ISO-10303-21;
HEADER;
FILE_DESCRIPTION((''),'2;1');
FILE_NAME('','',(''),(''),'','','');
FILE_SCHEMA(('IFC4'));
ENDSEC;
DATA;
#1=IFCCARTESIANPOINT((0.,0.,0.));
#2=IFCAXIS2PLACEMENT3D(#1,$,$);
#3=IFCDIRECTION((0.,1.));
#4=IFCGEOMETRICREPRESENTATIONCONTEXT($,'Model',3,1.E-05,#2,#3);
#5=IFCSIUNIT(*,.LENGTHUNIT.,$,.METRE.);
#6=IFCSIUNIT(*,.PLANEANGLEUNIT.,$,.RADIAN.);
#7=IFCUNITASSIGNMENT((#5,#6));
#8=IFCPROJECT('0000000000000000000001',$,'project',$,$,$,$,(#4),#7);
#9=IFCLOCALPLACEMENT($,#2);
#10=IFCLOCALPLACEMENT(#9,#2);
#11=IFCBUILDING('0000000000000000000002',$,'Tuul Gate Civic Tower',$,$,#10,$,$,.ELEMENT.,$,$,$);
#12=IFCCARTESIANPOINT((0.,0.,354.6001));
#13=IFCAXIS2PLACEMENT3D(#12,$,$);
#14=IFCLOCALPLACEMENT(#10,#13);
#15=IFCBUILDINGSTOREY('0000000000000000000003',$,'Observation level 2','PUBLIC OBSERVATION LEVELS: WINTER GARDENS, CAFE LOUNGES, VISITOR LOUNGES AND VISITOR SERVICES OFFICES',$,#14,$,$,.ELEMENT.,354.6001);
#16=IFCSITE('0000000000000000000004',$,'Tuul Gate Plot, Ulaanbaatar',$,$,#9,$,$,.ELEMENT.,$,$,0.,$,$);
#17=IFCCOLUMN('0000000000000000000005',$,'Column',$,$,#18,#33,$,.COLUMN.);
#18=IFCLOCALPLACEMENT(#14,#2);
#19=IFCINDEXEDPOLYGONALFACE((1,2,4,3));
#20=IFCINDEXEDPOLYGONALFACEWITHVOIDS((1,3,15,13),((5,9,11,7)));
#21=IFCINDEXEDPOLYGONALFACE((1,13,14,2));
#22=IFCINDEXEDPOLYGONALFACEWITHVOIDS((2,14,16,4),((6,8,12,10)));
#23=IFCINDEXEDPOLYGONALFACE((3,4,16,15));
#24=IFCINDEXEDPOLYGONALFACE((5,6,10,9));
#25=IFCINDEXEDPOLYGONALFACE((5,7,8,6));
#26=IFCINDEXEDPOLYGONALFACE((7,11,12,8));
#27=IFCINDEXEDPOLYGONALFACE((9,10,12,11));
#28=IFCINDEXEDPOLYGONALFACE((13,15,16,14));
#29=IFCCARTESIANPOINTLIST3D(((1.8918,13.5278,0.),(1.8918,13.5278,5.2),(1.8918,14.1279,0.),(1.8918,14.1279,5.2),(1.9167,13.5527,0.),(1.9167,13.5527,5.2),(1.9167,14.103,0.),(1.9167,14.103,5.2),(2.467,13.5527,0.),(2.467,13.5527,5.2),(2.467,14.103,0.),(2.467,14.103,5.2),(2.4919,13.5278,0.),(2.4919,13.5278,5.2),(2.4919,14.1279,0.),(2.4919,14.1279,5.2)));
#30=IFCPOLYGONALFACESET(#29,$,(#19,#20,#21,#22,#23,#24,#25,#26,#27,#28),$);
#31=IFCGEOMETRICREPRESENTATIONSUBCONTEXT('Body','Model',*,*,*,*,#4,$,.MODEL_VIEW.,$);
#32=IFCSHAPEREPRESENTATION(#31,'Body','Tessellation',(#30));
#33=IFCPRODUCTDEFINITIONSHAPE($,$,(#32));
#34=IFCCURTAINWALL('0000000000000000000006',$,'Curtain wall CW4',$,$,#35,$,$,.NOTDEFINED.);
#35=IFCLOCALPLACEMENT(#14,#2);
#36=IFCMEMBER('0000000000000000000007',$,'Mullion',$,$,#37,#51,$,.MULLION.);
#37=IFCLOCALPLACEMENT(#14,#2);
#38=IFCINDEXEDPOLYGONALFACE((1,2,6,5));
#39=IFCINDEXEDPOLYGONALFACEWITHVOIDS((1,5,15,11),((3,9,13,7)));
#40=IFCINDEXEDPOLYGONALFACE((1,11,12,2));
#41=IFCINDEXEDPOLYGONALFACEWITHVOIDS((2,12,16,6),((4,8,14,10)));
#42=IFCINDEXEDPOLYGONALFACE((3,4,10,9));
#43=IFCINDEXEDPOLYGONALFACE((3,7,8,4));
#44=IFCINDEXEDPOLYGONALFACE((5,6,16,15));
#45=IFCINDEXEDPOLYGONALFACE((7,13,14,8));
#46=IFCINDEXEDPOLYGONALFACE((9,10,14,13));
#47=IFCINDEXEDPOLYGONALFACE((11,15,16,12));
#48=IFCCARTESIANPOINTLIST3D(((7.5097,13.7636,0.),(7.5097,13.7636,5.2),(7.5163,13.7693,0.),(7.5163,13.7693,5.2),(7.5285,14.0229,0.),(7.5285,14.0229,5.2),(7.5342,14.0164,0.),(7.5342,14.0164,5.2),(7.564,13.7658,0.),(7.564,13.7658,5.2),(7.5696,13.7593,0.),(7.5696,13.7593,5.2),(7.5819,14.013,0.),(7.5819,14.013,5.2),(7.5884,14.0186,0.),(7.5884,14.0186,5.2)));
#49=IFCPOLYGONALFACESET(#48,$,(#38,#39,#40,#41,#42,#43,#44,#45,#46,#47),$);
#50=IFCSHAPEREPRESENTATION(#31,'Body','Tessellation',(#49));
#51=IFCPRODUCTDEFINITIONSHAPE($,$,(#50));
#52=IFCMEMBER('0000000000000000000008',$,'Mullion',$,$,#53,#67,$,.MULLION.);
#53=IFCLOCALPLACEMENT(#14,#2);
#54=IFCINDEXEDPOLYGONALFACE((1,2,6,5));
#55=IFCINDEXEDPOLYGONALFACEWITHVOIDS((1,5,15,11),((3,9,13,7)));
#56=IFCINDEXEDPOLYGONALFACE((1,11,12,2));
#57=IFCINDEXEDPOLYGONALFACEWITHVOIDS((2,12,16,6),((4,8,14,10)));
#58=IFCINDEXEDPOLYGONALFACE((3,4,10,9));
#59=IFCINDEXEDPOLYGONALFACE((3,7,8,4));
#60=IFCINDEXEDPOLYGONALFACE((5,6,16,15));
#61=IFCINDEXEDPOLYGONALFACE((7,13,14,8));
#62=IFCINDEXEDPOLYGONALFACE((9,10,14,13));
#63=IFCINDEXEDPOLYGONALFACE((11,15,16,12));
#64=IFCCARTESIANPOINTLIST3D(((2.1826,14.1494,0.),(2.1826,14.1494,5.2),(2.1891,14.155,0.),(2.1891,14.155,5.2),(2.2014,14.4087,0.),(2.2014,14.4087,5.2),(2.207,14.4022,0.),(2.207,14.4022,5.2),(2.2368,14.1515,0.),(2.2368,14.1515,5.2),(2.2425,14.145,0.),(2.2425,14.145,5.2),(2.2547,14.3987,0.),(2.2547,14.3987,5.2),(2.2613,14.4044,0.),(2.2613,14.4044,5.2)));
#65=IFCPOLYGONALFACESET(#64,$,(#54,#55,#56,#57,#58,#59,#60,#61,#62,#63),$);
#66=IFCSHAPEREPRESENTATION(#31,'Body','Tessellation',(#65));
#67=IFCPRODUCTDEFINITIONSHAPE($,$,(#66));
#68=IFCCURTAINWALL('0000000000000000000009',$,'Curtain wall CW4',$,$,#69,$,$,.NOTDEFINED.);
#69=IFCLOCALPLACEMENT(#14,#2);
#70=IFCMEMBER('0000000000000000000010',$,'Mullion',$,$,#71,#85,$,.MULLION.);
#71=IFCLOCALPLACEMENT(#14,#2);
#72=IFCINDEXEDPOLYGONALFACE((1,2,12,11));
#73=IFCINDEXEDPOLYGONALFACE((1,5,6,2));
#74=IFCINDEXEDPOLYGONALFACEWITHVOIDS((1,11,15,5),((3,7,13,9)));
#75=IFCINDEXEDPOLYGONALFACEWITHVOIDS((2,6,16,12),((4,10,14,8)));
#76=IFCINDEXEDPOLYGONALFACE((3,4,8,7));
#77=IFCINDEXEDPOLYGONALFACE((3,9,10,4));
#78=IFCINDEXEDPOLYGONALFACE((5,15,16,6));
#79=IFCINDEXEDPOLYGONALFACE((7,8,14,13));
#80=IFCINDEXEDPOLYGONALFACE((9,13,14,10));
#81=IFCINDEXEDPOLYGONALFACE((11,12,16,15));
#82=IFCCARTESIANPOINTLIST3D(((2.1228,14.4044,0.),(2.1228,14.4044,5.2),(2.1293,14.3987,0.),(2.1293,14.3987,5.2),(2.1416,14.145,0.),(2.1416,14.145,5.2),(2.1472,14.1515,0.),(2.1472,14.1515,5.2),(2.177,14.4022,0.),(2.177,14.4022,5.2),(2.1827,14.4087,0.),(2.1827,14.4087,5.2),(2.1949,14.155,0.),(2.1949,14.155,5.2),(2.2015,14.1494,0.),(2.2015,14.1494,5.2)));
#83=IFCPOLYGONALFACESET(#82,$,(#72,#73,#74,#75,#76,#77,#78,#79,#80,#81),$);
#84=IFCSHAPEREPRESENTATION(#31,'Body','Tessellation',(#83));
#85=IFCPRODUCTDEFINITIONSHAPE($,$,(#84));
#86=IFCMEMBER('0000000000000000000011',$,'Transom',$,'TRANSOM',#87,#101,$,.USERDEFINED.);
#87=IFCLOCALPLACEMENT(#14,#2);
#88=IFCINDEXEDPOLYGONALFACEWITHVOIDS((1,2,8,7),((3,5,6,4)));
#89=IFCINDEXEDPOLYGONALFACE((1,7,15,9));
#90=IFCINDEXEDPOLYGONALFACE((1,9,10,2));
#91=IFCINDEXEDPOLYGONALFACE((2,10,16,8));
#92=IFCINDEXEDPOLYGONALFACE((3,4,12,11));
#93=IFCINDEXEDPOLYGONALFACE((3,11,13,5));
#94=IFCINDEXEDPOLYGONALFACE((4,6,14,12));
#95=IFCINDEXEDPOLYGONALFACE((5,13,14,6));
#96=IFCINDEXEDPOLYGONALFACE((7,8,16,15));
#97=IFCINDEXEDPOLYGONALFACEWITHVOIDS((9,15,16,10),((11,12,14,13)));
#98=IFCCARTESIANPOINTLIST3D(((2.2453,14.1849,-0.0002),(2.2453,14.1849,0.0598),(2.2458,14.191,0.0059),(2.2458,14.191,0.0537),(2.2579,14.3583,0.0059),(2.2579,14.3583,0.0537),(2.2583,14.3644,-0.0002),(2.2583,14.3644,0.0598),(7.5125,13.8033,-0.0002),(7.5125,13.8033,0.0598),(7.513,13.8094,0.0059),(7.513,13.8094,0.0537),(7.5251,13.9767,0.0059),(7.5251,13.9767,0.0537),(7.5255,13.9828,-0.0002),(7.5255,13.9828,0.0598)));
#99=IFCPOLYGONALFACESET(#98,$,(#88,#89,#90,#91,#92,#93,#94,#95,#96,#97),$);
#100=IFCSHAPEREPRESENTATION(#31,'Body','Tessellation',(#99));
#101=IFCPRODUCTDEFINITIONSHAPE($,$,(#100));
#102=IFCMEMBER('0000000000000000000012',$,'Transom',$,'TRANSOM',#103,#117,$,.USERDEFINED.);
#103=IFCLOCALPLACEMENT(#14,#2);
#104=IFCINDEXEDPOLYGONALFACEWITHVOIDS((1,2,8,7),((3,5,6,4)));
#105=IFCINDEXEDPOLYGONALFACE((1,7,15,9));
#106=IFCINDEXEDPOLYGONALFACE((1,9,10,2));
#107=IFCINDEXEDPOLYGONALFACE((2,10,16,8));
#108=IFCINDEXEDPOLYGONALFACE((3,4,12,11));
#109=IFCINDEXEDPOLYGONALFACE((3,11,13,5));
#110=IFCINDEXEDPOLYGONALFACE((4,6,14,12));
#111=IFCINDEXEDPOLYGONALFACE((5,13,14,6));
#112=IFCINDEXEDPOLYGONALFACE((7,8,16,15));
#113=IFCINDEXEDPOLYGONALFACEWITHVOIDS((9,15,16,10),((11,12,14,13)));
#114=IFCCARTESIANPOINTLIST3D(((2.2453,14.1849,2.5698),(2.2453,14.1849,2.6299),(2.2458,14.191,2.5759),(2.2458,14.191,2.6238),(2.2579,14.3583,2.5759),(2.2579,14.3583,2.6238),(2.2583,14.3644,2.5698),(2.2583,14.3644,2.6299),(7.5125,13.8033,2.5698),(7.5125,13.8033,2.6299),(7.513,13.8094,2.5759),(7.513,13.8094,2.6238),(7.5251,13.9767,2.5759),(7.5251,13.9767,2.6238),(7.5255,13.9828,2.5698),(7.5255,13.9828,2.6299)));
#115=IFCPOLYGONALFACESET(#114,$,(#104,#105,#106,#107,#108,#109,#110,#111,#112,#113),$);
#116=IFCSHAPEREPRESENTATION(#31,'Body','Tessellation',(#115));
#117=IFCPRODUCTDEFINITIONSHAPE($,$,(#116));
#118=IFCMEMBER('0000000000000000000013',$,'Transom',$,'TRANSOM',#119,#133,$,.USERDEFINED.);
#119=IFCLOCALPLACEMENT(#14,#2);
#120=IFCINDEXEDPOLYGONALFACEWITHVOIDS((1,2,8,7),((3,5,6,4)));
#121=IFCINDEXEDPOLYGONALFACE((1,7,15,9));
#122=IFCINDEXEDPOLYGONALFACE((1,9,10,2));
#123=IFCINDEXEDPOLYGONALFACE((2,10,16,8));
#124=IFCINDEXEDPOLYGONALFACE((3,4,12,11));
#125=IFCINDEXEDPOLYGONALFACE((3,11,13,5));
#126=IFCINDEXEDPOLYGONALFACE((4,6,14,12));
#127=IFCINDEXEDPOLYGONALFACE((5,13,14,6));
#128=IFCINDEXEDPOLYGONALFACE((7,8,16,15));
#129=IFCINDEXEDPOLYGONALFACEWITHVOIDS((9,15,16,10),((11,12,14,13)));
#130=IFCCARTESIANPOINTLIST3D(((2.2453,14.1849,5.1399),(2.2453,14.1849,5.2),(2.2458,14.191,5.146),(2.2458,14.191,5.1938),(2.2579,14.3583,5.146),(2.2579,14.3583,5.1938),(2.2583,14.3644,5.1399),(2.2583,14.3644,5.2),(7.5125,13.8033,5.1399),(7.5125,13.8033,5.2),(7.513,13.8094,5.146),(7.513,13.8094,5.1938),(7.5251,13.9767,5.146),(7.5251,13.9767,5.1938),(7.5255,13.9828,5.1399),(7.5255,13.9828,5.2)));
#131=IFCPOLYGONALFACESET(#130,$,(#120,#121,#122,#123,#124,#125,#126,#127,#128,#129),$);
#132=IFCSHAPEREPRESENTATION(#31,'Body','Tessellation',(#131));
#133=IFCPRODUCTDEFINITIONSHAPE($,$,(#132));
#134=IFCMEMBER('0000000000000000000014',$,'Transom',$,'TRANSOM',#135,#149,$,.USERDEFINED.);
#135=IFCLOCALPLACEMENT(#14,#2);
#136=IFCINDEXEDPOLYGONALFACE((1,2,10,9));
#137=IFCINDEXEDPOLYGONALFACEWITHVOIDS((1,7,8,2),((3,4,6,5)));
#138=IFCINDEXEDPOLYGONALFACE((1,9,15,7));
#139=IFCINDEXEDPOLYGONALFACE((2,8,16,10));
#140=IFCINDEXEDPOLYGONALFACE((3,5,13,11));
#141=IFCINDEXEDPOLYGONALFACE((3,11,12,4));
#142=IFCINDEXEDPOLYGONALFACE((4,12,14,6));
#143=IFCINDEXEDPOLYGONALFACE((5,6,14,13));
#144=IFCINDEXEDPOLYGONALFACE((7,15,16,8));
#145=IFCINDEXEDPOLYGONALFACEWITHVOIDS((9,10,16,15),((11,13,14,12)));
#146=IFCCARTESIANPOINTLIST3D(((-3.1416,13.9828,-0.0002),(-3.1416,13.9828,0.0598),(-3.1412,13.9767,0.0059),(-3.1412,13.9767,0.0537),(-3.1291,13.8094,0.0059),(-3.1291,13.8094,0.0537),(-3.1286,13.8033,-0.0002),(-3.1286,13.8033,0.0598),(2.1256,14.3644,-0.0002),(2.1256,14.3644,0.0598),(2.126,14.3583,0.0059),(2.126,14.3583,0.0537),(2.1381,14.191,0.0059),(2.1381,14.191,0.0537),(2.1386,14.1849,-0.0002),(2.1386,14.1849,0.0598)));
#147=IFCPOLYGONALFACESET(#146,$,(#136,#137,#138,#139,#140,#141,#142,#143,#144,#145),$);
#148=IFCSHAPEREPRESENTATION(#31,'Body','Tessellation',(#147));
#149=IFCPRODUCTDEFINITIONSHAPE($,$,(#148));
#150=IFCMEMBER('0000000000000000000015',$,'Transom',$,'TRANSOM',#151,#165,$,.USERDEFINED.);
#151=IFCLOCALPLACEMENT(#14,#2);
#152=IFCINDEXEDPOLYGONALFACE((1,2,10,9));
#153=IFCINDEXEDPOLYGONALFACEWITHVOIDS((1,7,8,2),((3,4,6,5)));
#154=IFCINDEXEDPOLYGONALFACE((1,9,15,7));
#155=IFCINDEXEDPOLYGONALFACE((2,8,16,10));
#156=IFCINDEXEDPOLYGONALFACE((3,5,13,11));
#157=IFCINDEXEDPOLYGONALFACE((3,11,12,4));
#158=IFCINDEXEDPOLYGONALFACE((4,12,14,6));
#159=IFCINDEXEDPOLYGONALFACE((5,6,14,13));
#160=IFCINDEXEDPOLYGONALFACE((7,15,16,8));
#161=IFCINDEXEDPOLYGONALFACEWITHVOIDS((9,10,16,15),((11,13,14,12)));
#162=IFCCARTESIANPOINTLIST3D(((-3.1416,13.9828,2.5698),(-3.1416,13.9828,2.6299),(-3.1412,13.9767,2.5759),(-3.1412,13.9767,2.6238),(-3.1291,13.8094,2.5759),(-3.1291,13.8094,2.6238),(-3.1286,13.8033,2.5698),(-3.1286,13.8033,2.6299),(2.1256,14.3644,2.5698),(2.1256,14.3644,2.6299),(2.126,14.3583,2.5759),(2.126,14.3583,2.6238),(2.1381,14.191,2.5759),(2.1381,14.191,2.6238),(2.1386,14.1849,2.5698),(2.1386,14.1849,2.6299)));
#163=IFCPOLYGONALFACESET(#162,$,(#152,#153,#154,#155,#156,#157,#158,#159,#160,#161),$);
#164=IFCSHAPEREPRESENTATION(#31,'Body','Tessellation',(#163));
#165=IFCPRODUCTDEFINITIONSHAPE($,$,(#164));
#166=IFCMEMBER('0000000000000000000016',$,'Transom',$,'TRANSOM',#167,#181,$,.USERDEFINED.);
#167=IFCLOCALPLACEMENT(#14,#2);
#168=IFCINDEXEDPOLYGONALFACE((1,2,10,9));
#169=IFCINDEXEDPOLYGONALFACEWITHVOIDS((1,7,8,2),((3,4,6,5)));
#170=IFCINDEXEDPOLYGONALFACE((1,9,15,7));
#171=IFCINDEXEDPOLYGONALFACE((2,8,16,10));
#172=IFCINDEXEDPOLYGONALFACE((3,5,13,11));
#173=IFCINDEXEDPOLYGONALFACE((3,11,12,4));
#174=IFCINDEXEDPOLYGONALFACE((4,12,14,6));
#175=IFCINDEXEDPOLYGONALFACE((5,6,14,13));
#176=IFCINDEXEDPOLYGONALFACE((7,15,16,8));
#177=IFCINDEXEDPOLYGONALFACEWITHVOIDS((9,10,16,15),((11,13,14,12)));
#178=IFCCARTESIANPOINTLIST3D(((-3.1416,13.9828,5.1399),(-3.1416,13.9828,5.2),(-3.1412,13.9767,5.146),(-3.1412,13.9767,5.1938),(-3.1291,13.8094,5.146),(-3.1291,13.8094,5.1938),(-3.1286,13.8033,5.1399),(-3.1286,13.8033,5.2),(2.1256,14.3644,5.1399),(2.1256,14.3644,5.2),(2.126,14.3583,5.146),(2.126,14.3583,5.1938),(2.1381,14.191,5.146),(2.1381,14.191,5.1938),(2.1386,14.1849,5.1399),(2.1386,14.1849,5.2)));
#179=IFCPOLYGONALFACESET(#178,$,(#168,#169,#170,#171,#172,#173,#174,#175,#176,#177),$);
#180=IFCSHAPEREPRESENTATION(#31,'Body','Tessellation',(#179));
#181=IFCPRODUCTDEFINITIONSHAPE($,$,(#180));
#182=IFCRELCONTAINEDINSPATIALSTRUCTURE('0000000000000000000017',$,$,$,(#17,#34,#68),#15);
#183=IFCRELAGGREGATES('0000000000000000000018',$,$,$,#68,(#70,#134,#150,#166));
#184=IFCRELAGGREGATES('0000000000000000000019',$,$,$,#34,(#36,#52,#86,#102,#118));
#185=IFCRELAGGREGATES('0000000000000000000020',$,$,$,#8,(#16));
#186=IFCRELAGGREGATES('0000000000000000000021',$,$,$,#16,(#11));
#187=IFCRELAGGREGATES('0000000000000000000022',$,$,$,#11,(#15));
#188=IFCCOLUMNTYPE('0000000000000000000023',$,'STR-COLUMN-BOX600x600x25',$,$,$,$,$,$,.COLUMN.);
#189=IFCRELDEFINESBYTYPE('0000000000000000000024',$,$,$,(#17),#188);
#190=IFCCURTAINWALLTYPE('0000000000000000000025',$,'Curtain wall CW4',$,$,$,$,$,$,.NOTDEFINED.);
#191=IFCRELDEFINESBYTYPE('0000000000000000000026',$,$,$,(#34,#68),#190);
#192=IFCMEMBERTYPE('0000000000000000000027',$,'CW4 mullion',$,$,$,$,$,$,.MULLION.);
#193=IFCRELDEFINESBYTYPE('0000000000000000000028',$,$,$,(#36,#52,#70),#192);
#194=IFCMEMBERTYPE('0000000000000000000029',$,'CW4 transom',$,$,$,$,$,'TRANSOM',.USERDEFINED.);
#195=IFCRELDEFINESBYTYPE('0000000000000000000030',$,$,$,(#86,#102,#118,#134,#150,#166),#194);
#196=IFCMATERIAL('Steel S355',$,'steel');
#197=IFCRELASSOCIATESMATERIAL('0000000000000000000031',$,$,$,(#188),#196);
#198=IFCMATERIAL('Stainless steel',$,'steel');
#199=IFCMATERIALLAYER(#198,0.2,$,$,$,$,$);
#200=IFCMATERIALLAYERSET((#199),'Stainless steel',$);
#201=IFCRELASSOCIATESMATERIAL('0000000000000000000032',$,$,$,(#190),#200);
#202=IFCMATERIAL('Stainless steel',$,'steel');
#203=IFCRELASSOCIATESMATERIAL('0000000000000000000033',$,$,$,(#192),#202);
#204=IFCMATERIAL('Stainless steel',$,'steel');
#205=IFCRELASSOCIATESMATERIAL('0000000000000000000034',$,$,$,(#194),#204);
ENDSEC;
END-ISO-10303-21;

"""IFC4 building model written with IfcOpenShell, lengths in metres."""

from ifc_helpers import new_model, si_unit, direction, frame, origin, origin_2d, place, context, subcontext, project, spatial, hollow_rectangle, extrude, material, layer, layer_set, material_profile, profile_set, type_object, element, aggregate, save


model = new_model("IFC4")

# Units and contexts
model_context = context("Model", 3, precision=1e-05, world=origin(), true_north=direction((0.0, 1.0)))
body_context = subcontext(model_context, "Body", "Model", "MODEL_VIEW")
ifc_project = project(units=[si_unit("LENGTHUNIT", "METRE"), si_unit("PLANEANGLEUNIT", "RADIAN")], contexts=[model_context])

# Site, building, storey
site_placement = place(None, origin())
site = spatial("IfcSite", under=ifc_project, at=site_placement, Name="Tuul Gate Plot, Ulaanbaatar", CompositionType="ELEMENT", RefElevation=0.0)
building_placement = place(site_placement, origin())
building = spatial("IfcBuilding", under=site, at=building_placement, Name="Tuul Gate Civic Tower", CompositionType="ELEMENT")
storey_placement = place(building_placement, frame((0.0, 0.0, 354.6001)))
storey = spatial("IfcBuildingStorey", under=building, at=storey_placement, Name="Observation level 2", Description="PUBLIC OBSERVATION LEVELS: WINTER GARDENS, CAFE LOUNGES, VISITOR LOUNGES AND VISITOR SERVICES OFFICES", CompositionType="ELEMENT", Elevation=354.6001)

# Column
ifc_material_1 = material(Name="Steel S355", Category="steel")
ifc_material_profile_1 = material_profile(ifc_material_1, hollow_rectangle(XDim=0.6001, YDim=0.6001, WallThickness=0.0249, at=origin_2d()), Name="BOX600x600x25")
ifc_profile_set_1 = profile_set([ifc_material_profile_1], Name="Steel S355")
column_type = type_object("IfcColumnType", Name="STR-COLUMN-BOX600x600x25", PredefinedType="COLUMN", material=ifc_profile_set_1)
column_placement = place(storey_placement, frame((2.1919, 13.8279, 0.0), z_axis=(0.0, 0.0, 1.0), x_axis=(1.0, 0.0, 0.0)))
element("IfcColumn", 1, at=column_placement, inside=storey, type_object=column_type, Name="Column", PredefinedType="COLUMN", context=body_context, shape_type="SweptSolid", body=[
    extrude(hollow_rectangle(XDim=0.6001, YDim=0.6001, WallThickness=0.0249, at=origin_2d()), origin(), (0.0, 0.0, 1.0), 5.2),
])

# Curtain wall, members
ifc_material_2 = material(Name="Stainless steel", Category="steel")
ifc_layer_1 = layer(ifc_material_2, 0.2)
ifc_layer_set_1 = layer_set([ifc_layer_1], Name="Stainless steel")
curtain_wall_type = type_object("IfcCurtainWallType", Name="Curtain wall CW4", PredefinedType="NOTDEFINED", material=ifc_layer_set_1)
curtain_wall_1_placement = place(storey_placement, origin())
curtain_wall_1 = element("IfcCurtainWall", 2, at=curtain_wall_1_placement, inside=storey, type_object=curtain_wall_type, Name="Curtain wall CW4", PredefinedType="NOTDEFINED")
ifc_material_3 = material(Name="Stainless steel", Category="steel")
ifc_material_profile_2 = material_profile(ifc_material_3, hollow_rectangle(XDim=0.26, YDim=0.0601, WallThickness=0.0061, at=origin_2d()), Name="CW4 mullion")
ifc_profile_set_2 = profile_set([ifc_material_profile_2], Name="Stainless steel")
member_type_1 = type_object("IfcMemberType", Name="CW4 mullion", PredefinedType="MULLION", material=ifc_profile_set_2)
member_1_placement = place(storey_placement, frame((7.5491, 13.8911, 0.0), z_axis=(0.0, 0.0, 1.0), x_axis=(-0.072239, -0.997387, 0.0)))
member_1 = element("IfcMember", 3, at=member_1_placement, type_object=member_type_1, Name="Mullion", PredefinedType="MULLION", context=body_context, shape_type="SweptSolid", body=[
    extrude(hollow_rectangle(XDim=0.26, YDim=0.0601, WallThickness=0.0061, at=origin_2d()), origin(), (0.0, 0.0, 1.0), 5.2),
])
member_2_placement = place(storey_placement, frame((2.2219, 14.2769, 0.0), z_axis=(0.0, 0.0, 1.0), x_axis=(-0.072239, -0.997387, 0.0)))
member_2 = element("IfcMember", 4, at=member_2_placement, type_object=member_type_1, Name="Mullion", PredefinedType="MULLION", context=body_context, shape_type="SweptSolid", body=[
    extrude(hollow_rectangle(XDim=0.26, YDim=0.0601, WallThickness=0.0061, at=origin_2d()), origin(), (0.0, 0.0, 1.0), 5.2),
])

# Curtain wall, member
curtain_wall_2_placement = place(storey_placement, origin())
curtain_wall_2 = element("IfcCurtainWall", 5, at=curtain_wall_2_placement, inside=storey, type_object=curtain_wall_type, Name="Curtain wall CW4", PredefinedType="NOTDEFINED")
member_3_placement = place(storey_placement, frame((2.1621, 14.2769, 0.0), z_axis=(0.0, 0.0, 1.0), x_axis=(0.072239, -0.997387, 0.0)))
member_3 = element("IfcMember", 6, at=member_3_placement, type_object=member_type_1, Name="Mullion", PredefinedType="MULLION", context=body_context, shape_type="SweptSolid", body=[
    extrude(hollow_rectangle(XDim=0.26, YDim=0.0601, WallThickness=0.0061, at=origin_2d()), origin(), (0.0, 0.0, 1.0), 5.2),
])

# Members
ifc_material_4 = material(Name="Stainless steel", Category="steel")
ifc_material_profile_3 = material_profile(ifc_material_4, hollow_rectangle(XDim=0.1799, YDim=0.0601, WallThickness=0.0061, at=origin_2d()), Name="CW4 transom")
ifc_profile_set_3 = profile_set([ifc_material_profile_3], Name="Stainless steel")
member_type_2 = type_object("IfcMemberType", Name="CW4 transom", ElementType="TRANSOM", PredefinedType="USERDEFINED", material=ifc_profile_set_3)
member_4_placement = place(storey_placement, frame((7.519, 13.8931, 0.0298), z_axis=(-0.997386, 0.072259, 0.0), x_axis=(-0.072259, -0.997386, 0.0)))
member_4 = element("IfcMember", 7, at=member_4_placement, type_object=member_type_2, Name="Transom", ObjectType="TRANSOM", PredefinedType="USERDEFINED", context=body_context, shape_type="SweptSolid", body=[
    extrude(hollow_rectangle(XDim=0.1799, YDim=0.0601, WallThickness=0.0061, at=origin_2d()), origin(), (0.0, 0.0, 1.0), 5.281),
])
member_5_placement = place(storey_placement, frame((7.519, 13.8931, 2.5999), z_axis=(-0.997386, 0.072259, 0.0), x_axis=(-0.072259, -0.997386, 0.0)))
member_5 = element("IfcMember", 8, at=member_5_placement, type_object=member_type_2, Name="Transom", ObjectType="TRANSOM", PredefinedType="USERDEFINED", context=body_context, shape_type="SweptSolid", body=[
    extrude(hollow_rectangle(XDim=0.1799, YDim=0.0601, WallThickness=0.0061, at=origin_2d()), origin(), (0.0, 0.0, 1.0), 5.281),
])
member_6_placement = place(storey_placement, frame((7.519, 13.8931, 5.1699), z_axis=(-0.997386, 0.072259, 0.0), x_axis=(-0.072259, -0.997386, 0.0)))
member_6 = element("IfcMember", 9, at=member_6_placement, type_object=member_type_2, Name="Transom", ObjectType="TRANSOM", PredefinedType="USERDEFINED", context=body_context, shape_type="SweptSolid", body=[
    extrude(hollow_rectangle(XDim=0.1799, YDim=0.0601, WallThickness=0.0061, at=origin_2d()), origin(), (0.0, 0.0, 1.0), 5.281),
])
member_7_placement = place(storey_placement, frame((2.1321, 14.2747, 0.0298), z_axis=(-0.997386, -0.072259, 0.0), x_axis=(0.072259, -0.997386, 0.0)))
member_7 = element("IfcMember", 10, at=member_7_placement, type_object=member_type_2, Name="Transom", ObjectType="TRANSOM", PredefinedType="USERDEFINED", context=body_context, shape_type="SweptSolid", body=[
    extrude(hollow_rectangle(XDim=0.1799, YDim=0.0601, WallThickness=0.0061, at=origin_2d()), origin(), (0.0, 0.0, 1.0), 5.281),
])
member_8_placement = place(storey_placement, frame((2.1321, 14.2747, 2.5999), z_axis=(-0.997386, -0.072259, 0.0), x_axis=(0.072259, -0.997386, 0.0)))
member_8 = element("IfcMember", 11, at=member_8_placement, type_object=member_type_2, Name="Transom", ObjectType="TRANSOM", PredefinedType="USERDEFINED", context=body_context, shape_type="SweptSolid", body=[
    extrude(hollow_rectangle(XDim=0.1799, YDim=0.0601, WallThickness=0.0061, at=origin_2d()), origin(), (0.0, 0.0, 1.0), 5.281),
])
member_9_placement = place(storey_placement, frame((2.1321, 14.2747, 5.1699), z_axis=(-0.997386, -0.072259, 0.0), x_axis=(0.072259, -0.997386, 0.0)))
member_9 = element("IfcMember", 12, at=member_9_placement, type_object=member_type_2, Name="Transom", ObjectType="TRANSOM", PredefinedType="USERDEFINED", context=body_context, shape_type="SweptSolid", body=[
    extrude(hollow_rectangle(XDim=0.1799, YDim=0.0601, WallThickness=0.0061, at=origin_2d()), origin(), (0.0, 0.0, 1.0), 5.281),
])
aggregate(curtain_wall_2, [member_3, member_7, member_8, member_9])

aggregate(curtain_wall_1, [member_1, member_2, member_4, member_5, member_6])

save(model, "model.ifc")
